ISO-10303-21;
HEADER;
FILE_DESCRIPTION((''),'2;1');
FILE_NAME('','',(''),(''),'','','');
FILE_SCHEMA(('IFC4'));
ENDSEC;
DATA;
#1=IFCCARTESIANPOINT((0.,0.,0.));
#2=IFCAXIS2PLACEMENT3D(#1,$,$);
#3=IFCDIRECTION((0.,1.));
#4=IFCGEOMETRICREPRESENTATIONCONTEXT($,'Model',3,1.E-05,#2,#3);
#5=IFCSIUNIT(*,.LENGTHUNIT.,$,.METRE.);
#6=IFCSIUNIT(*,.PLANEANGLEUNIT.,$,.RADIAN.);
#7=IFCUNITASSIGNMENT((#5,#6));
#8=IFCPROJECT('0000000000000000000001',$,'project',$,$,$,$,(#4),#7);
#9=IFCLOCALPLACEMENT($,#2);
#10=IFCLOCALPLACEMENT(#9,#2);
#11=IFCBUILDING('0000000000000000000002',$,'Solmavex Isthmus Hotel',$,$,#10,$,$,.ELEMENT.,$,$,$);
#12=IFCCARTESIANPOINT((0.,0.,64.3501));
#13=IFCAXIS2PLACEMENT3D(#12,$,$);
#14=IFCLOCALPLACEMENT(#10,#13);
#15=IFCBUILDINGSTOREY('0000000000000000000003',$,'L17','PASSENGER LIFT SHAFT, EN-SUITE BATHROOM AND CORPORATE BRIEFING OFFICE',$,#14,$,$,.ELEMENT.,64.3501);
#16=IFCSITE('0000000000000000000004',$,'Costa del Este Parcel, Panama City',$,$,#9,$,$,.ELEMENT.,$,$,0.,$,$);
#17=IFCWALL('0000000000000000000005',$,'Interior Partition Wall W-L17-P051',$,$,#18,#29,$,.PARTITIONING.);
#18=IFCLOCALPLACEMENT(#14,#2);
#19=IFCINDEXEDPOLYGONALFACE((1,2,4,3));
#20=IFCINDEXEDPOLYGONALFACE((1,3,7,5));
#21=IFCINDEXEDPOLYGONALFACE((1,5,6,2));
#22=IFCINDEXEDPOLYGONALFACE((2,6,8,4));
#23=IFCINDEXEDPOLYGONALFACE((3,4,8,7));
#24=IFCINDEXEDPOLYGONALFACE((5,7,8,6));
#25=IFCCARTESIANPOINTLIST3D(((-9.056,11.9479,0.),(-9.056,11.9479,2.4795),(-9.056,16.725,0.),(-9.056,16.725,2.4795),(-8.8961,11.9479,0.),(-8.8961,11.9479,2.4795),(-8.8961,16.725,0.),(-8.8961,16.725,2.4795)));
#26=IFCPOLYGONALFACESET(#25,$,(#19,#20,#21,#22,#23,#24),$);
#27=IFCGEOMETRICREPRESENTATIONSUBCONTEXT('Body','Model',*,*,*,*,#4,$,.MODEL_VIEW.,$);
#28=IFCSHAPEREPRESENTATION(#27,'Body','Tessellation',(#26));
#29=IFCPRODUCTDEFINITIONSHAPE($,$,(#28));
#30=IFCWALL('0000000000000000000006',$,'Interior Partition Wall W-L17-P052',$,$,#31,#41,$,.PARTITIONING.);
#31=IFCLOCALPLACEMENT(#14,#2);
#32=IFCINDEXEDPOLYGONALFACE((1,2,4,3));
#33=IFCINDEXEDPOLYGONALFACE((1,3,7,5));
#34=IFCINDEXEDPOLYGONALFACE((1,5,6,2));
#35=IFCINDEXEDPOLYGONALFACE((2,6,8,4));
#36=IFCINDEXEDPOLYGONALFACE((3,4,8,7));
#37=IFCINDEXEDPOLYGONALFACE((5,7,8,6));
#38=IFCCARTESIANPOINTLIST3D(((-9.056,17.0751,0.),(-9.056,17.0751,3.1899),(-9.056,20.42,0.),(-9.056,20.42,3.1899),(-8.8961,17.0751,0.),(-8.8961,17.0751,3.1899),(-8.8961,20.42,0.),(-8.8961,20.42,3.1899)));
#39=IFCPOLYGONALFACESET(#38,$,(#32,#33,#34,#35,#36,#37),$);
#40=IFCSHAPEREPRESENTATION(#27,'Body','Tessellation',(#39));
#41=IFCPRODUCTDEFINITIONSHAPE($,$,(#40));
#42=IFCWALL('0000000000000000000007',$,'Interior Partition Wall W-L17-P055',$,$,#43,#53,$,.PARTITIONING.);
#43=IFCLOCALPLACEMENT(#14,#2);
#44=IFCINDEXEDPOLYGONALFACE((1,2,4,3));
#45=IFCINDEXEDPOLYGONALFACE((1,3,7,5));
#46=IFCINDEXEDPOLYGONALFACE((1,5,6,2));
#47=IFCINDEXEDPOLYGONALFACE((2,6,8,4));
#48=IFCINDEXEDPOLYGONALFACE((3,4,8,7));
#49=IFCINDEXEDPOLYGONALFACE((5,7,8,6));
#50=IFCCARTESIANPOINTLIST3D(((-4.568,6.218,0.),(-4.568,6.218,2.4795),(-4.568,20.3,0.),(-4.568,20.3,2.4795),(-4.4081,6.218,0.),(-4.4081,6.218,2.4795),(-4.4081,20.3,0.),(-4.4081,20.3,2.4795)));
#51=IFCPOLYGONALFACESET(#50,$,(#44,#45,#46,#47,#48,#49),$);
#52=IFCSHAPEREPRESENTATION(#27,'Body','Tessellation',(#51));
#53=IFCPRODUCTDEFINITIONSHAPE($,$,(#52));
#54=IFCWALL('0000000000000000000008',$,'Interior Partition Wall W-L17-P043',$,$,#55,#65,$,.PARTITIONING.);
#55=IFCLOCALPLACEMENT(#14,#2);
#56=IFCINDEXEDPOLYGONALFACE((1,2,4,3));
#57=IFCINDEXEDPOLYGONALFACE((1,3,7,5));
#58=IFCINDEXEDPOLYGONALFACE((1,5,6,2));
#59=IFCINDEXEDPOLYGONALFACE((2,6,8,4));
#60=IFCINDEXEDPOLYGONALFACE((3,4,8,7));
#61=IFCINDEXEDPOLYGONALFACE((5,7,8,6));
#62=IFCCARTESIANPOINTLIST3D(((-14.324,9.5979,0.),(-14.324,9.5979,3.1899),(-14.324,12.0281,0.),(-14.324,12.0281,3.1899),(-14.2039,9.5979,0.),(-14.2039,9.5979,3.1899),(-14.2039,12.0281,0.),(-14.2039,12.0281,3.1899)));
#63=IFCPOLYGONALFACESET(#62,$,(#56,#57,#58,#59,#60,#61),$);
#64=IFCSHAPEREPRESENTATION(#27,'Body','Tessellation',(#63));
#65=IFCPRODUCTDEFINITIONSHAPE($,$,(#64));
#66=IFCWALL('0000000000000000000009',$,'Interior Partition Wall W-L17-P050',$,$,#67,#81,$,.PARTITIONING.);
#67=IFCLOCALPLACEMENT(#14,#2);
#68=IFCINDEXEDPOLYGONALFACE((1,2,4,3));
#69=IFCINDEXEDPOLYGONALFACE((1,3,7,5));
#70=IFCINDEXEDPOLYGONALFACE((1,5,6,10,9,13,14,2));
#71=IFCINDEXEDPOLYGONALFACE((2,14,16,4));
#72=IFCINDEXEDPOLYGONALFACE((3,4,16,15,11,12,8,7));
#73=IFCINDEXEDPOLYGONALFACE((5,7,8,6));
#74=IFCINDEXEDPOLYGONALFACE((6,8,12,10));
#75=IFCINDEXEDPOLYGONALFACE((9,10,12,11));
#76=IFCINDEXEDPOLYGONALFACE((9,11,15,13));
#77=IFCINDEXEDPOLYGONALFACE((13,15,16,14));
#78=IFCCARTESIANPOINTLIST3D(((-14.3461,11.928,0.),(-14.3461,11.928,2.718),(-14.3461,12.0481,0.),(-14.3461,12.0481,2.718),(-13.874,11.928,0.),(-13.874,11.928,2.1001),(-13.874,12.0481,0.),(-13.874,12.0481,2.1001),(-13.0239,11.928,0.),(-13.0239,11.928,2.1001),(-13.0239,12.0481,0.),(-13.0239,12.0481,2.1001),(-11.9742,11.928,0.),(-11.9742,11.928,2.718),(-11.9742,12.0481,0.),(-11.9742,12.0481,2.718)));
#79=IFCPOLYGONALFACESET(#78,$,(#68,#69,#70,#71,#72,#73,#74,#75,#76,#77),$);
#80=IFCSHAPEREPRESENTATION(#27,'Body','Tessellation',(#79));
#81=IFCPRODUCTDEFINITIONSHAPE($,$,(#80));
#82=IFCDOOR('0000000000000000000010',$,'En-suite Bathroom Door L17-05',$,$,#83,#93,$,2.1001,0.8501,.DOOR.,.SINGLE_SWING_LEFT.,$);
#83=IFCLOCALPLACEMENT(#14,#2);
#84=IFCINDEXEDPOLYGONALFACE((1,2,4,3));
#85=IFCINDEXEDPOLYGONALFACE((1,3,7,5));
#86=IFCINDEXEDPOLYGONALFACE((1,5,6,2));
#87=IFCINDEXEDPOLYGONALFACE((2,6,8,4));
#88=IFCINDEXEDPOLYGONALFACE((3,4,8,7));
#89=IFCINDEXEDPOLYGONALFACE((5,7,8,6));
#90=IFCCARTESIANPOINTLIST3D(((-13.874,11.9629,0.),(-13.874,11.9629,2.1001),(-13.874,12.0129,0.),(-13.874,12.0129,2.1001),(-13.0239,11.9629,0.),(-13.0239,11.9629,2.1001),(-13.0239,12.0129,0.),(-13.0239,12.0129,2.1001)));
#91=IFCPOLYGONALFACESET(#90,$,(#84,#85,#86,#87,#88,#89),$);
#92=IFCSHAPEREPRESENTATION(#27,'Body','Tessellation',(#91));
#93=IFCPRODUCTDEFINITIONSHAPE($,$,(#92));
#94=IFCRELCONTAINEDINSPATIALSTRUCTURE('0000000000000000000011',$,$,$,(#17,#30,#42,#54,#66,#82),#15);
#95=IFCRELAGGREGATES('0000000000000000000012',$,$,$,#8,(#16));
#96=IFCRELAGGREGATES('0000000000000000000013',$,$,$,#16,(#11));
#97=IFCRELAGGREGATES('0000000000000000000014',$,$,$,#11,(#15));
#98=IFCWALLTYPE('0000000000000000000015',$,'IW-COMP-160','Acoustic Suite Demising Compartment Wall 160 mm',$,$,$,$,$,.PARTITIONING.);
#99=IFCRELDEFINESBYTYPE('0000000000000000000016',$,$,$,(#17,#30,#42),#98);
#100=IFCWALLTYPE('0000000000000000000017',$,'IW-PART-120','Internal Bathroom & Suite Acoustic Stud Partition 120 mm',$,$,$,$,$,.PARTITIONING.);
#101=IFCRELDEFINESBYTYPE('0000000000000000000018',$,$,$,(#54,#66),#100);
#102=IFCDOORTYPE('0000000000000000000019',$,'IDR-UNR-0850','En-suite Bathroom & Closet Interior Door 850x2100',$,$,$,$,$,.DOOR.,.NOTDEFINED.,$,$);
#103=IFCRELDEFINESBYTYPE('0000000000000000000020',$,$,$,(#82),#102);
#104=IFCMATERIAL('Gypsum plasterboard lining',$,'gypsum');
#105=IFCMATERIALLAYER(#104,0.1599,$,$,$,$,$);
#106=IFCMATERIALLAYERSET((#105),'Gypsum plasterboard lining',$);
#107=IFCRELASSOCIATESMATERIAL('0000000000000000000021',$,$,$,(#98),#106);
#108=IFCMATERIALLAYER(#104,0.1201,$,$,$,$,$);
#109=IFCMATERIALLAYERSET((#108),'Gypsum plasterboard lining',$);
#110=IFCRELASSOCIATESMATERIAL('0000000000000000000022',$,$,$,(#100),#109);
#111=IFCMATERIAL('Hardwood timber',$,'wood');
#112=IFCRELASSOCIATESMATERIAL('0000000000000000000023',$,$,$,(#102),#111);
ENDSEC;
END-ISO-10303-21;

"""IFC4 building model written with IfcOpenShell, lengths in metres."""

from ifc_helpers import new_model, si_unit, direction, frame, frame_2d, origin, place, context, subcontext, project, spatial, rectangle, extrude, material, layer, layer_set, type_object, element, fill, save


model = new_model("IFC4")

# Units and contexts
model_context = context("Model", 3, precision=1e-05, world=origin(), true_north=direction((0.0, 1.0)))
body_context = subcontext(model_context, "Body", "Model", "MODEL_VIEW")
ifc_project = project(units=[si_unit("LENGTHUNIT", "METRE"), si_unit("PLANEANGLEUNIT", "RADIAN")], contexts=[model_context])

# Site, building, storey
site_placement = place(None, origin())
site = spatial("IfcSite", under=ifc_project, at=site_placement, Name="Costa del Este Parcel, Panama City", CompositionType="ELEMENT", RefElevation=0.0)
building_placement = place(site_placement, origin())
building = spatial("IfcBuilding", under=site, at=building_placement, Name="Solmavex Isthmus Hotel", CompositionType="ELEMENT")
storey_placement = place(building_placement, frame((0.0, 0.0, 64.3501)))
storey = spatial("IfcBuildingStorey", under=building, at=storey_placement, Name="L17", Description="PASSENGER LIFT SHAFT, EN-SUITE BATHROOM AND CORPORATE BRIEFING OFFICE", CompositionType="ELEMENT", Elevation=64.3501)

# Shared definitions
ifc_material_1 = material(Name="Gypsum plasterboard lining", Category="gypsum")
ifc_layer_1 = layer(ifc_material_1, 0.1599)
ifc_layer_set_1 = layer_set([ifc_layer_1], Name="Gypsum plasterboard lining")
wall_type_1 = type_object("IfcWallType", Name="IW-COMP-160", Description="Acoustic Suite Demising Compartment Wall 160 mm", PredefinedType="PARTITIONING", material=ifc_layer_set_1)
ifc_material_2 = material(Name="Hardwood timber", Category="wood")

# Walls
wall_1_placement = place(storey_placement, frame((-8.9761, 16.7251, 0.0), z_axis=(0.0, 0.0, 1.0), x_axis=(0.0, -1.0, 0.0)))
element("IfcWall", 1, at=wall_1_placement, inside=storey, type_object=wall_type_1, Name="Interior Partition Wall W-L17-P051", PredefinedType="PARTITIONING", context=body_context, shape_type="SweptSolid", body=[
    extrude(rectangle(XDim=4.7771, YDim=0.1599, at=frame_2d((2.3887, 0.0))), origin(), (0.0, 0.0, 1.0), 2.4795),
])
wall_2_placement = place(storey_placement, frame((-8.9761, 20.4199, 0.0), z_axis=(0.0, 0.0, 1.0), x_axis=(0.0, -1.0, 0.0)))
element("IfcWall", 2, at=wall_2_placement, inside=storey, type_object=wall_type_1, Name="Interior Partition Wall W-L17-P052", PredefinedType="PARTITIONING", context=body_context, shape_type="SweptSolid", body=[
    extrude(rectangle(XDim=3.345, YDim=0.1599, at=frame_2d((1.6724, 0.0))), origin(), (0.0, 0.0, 1.0), 3.1899),
])
wall_3_placement = place(storey_placement, frame((-4.488, 20.3, 0.0), z_axis=(0.0, 0.0, 1.0), x_axis=(0.0, -1.0, 0.0)))
element("IfcWall", 3, at=wall_3_placement, inside=storey, type_object=wall_type_1, Name="Interior Partition Wall W-L17-P055", PredefinedType="PARTITIONING", context=body_context, shape_type="SweptSolid", body=[
    extrude(rectangle(XDim=14.082, YDim=0.1599, at=frame_2d((7.041, 0.0))), origin(), (0.0, 0.0, 1.0), 2.4795),
])

# Wall
ifc_layer_2 = layer(ifc_material_1, 0.1201)
ifc_layer_set_2 = layer_set([ifc_layer_2], Name="Gypsum plasterboard lining")
wall_type_2 = type_object("IfcWallType", Name="IW-PART-120", Description="Internal Bathroom & Suite Acoustic Stud Partition 120 mm", PredefinedType="PARTITIONING", material=ifc_layer_set_2)
wall_4_placement = place(storey_placement, frame((-14.2639, 12.0281, 0.0), z_axis=(0.0, 0.0, 1.0), x_axis=(0.0, -1.0, 0.0)))
element("IfcWall", 4, at=wall_4_placement, inside=storey, type_object=wall_type_2, Name="Interior Partition Wall W-L17-P043", PredefinedType="PARTITIONING", context=body_context, shape_type="SweptSolid", body=[
    extrude(rectangle(XDim=2.4302, YDim=0.1201, at=frame_2d((1.2151, 0.0))), origin(), (0.0, 0.0, 1.0), 3.1899),
])

# Wall, opening, door
wall_5_placement = place(storey_placement, frame((-11.9741, 11.988, 0.0), z_axis=(0.0, 0.0, 1.0), x_axis=(-1.0, 0.0, 0.0)))
wall_5 = element("IfcWall", 5, at=wall_5_placement, inside=storey, type_object=wall_type_2, Name="Interior Partition Wall W-L17-P050", PredefinedType="PARTITIONING", context=body_context, shape_type="SweptSolid", body=[
    extrude(rectangle(XDim=2.3718, YDim=0.1201, at=frame_2d((1.186, 0.0))), origin(), (0.0, 0.0, 1.0), 2.718),
])
opening_1_placement = place(wall_5_placement, frame((1.0498, 0.0, 0.0)))
opening_1 = element("IfcOpeningElement", 6, at=opening_1_placement, cuts=wall_5, PredefinedType="OPENING", context=body_context, shape_type="SweptSolid", body=[
    extrude(rectangle(XDim=0.8501, YDim=2.1001, at=frame_2d((0.425, 1.05))), frame((0.0, 0.0701, 0.0), z_axis=(0.0, -1.0, 0.0), x_axis=(1.0, 0.0, 0.0)), (0.0, 0.0, 1.0), 0.1401),
])
door_type_1 = type_object("IfcDoorType", Name="IDR-UNR-0850", Description="En-suite Bathroom & Closet Interior Door 850x2100", OperationType="NOTDEFINED", PredefinedType="DOOR", material=ifc_material_2)
door_1_placement = place(opening_1_placement, frame((0.8501, 0.0, 0.0), z_axis=(0.0, 0.0, 1.0), x_axis=(-1.0, 0.0, 0.0)))
door_1 = element("IfcDoor", 7, at=door_1_placement, inside=storey, type_object=door_type_1, Name="En-suite Bathroom Door L17-05", OperationType="SINGLE_SWING_LEFT", OverallHeight=2.1001, OverallWidth=0.8501, PredefinedType="DOOR", context=body_context, shape_type="SweptSolid", body=[
    extrude(rectangle(XDim=0.8501, YDim=2.1001, at=frame_2d((0.425, 1.05))), frame((0.0, 0.0249, 0.0), z_axis=(0.0, -1.0, 0.0), x_axis=(1.0, 0.0, 0.0)), (0.0, 0.0, 1.0), 0.05),
])
fill(opening_1, door_1)

save(model, "model.ifc")
